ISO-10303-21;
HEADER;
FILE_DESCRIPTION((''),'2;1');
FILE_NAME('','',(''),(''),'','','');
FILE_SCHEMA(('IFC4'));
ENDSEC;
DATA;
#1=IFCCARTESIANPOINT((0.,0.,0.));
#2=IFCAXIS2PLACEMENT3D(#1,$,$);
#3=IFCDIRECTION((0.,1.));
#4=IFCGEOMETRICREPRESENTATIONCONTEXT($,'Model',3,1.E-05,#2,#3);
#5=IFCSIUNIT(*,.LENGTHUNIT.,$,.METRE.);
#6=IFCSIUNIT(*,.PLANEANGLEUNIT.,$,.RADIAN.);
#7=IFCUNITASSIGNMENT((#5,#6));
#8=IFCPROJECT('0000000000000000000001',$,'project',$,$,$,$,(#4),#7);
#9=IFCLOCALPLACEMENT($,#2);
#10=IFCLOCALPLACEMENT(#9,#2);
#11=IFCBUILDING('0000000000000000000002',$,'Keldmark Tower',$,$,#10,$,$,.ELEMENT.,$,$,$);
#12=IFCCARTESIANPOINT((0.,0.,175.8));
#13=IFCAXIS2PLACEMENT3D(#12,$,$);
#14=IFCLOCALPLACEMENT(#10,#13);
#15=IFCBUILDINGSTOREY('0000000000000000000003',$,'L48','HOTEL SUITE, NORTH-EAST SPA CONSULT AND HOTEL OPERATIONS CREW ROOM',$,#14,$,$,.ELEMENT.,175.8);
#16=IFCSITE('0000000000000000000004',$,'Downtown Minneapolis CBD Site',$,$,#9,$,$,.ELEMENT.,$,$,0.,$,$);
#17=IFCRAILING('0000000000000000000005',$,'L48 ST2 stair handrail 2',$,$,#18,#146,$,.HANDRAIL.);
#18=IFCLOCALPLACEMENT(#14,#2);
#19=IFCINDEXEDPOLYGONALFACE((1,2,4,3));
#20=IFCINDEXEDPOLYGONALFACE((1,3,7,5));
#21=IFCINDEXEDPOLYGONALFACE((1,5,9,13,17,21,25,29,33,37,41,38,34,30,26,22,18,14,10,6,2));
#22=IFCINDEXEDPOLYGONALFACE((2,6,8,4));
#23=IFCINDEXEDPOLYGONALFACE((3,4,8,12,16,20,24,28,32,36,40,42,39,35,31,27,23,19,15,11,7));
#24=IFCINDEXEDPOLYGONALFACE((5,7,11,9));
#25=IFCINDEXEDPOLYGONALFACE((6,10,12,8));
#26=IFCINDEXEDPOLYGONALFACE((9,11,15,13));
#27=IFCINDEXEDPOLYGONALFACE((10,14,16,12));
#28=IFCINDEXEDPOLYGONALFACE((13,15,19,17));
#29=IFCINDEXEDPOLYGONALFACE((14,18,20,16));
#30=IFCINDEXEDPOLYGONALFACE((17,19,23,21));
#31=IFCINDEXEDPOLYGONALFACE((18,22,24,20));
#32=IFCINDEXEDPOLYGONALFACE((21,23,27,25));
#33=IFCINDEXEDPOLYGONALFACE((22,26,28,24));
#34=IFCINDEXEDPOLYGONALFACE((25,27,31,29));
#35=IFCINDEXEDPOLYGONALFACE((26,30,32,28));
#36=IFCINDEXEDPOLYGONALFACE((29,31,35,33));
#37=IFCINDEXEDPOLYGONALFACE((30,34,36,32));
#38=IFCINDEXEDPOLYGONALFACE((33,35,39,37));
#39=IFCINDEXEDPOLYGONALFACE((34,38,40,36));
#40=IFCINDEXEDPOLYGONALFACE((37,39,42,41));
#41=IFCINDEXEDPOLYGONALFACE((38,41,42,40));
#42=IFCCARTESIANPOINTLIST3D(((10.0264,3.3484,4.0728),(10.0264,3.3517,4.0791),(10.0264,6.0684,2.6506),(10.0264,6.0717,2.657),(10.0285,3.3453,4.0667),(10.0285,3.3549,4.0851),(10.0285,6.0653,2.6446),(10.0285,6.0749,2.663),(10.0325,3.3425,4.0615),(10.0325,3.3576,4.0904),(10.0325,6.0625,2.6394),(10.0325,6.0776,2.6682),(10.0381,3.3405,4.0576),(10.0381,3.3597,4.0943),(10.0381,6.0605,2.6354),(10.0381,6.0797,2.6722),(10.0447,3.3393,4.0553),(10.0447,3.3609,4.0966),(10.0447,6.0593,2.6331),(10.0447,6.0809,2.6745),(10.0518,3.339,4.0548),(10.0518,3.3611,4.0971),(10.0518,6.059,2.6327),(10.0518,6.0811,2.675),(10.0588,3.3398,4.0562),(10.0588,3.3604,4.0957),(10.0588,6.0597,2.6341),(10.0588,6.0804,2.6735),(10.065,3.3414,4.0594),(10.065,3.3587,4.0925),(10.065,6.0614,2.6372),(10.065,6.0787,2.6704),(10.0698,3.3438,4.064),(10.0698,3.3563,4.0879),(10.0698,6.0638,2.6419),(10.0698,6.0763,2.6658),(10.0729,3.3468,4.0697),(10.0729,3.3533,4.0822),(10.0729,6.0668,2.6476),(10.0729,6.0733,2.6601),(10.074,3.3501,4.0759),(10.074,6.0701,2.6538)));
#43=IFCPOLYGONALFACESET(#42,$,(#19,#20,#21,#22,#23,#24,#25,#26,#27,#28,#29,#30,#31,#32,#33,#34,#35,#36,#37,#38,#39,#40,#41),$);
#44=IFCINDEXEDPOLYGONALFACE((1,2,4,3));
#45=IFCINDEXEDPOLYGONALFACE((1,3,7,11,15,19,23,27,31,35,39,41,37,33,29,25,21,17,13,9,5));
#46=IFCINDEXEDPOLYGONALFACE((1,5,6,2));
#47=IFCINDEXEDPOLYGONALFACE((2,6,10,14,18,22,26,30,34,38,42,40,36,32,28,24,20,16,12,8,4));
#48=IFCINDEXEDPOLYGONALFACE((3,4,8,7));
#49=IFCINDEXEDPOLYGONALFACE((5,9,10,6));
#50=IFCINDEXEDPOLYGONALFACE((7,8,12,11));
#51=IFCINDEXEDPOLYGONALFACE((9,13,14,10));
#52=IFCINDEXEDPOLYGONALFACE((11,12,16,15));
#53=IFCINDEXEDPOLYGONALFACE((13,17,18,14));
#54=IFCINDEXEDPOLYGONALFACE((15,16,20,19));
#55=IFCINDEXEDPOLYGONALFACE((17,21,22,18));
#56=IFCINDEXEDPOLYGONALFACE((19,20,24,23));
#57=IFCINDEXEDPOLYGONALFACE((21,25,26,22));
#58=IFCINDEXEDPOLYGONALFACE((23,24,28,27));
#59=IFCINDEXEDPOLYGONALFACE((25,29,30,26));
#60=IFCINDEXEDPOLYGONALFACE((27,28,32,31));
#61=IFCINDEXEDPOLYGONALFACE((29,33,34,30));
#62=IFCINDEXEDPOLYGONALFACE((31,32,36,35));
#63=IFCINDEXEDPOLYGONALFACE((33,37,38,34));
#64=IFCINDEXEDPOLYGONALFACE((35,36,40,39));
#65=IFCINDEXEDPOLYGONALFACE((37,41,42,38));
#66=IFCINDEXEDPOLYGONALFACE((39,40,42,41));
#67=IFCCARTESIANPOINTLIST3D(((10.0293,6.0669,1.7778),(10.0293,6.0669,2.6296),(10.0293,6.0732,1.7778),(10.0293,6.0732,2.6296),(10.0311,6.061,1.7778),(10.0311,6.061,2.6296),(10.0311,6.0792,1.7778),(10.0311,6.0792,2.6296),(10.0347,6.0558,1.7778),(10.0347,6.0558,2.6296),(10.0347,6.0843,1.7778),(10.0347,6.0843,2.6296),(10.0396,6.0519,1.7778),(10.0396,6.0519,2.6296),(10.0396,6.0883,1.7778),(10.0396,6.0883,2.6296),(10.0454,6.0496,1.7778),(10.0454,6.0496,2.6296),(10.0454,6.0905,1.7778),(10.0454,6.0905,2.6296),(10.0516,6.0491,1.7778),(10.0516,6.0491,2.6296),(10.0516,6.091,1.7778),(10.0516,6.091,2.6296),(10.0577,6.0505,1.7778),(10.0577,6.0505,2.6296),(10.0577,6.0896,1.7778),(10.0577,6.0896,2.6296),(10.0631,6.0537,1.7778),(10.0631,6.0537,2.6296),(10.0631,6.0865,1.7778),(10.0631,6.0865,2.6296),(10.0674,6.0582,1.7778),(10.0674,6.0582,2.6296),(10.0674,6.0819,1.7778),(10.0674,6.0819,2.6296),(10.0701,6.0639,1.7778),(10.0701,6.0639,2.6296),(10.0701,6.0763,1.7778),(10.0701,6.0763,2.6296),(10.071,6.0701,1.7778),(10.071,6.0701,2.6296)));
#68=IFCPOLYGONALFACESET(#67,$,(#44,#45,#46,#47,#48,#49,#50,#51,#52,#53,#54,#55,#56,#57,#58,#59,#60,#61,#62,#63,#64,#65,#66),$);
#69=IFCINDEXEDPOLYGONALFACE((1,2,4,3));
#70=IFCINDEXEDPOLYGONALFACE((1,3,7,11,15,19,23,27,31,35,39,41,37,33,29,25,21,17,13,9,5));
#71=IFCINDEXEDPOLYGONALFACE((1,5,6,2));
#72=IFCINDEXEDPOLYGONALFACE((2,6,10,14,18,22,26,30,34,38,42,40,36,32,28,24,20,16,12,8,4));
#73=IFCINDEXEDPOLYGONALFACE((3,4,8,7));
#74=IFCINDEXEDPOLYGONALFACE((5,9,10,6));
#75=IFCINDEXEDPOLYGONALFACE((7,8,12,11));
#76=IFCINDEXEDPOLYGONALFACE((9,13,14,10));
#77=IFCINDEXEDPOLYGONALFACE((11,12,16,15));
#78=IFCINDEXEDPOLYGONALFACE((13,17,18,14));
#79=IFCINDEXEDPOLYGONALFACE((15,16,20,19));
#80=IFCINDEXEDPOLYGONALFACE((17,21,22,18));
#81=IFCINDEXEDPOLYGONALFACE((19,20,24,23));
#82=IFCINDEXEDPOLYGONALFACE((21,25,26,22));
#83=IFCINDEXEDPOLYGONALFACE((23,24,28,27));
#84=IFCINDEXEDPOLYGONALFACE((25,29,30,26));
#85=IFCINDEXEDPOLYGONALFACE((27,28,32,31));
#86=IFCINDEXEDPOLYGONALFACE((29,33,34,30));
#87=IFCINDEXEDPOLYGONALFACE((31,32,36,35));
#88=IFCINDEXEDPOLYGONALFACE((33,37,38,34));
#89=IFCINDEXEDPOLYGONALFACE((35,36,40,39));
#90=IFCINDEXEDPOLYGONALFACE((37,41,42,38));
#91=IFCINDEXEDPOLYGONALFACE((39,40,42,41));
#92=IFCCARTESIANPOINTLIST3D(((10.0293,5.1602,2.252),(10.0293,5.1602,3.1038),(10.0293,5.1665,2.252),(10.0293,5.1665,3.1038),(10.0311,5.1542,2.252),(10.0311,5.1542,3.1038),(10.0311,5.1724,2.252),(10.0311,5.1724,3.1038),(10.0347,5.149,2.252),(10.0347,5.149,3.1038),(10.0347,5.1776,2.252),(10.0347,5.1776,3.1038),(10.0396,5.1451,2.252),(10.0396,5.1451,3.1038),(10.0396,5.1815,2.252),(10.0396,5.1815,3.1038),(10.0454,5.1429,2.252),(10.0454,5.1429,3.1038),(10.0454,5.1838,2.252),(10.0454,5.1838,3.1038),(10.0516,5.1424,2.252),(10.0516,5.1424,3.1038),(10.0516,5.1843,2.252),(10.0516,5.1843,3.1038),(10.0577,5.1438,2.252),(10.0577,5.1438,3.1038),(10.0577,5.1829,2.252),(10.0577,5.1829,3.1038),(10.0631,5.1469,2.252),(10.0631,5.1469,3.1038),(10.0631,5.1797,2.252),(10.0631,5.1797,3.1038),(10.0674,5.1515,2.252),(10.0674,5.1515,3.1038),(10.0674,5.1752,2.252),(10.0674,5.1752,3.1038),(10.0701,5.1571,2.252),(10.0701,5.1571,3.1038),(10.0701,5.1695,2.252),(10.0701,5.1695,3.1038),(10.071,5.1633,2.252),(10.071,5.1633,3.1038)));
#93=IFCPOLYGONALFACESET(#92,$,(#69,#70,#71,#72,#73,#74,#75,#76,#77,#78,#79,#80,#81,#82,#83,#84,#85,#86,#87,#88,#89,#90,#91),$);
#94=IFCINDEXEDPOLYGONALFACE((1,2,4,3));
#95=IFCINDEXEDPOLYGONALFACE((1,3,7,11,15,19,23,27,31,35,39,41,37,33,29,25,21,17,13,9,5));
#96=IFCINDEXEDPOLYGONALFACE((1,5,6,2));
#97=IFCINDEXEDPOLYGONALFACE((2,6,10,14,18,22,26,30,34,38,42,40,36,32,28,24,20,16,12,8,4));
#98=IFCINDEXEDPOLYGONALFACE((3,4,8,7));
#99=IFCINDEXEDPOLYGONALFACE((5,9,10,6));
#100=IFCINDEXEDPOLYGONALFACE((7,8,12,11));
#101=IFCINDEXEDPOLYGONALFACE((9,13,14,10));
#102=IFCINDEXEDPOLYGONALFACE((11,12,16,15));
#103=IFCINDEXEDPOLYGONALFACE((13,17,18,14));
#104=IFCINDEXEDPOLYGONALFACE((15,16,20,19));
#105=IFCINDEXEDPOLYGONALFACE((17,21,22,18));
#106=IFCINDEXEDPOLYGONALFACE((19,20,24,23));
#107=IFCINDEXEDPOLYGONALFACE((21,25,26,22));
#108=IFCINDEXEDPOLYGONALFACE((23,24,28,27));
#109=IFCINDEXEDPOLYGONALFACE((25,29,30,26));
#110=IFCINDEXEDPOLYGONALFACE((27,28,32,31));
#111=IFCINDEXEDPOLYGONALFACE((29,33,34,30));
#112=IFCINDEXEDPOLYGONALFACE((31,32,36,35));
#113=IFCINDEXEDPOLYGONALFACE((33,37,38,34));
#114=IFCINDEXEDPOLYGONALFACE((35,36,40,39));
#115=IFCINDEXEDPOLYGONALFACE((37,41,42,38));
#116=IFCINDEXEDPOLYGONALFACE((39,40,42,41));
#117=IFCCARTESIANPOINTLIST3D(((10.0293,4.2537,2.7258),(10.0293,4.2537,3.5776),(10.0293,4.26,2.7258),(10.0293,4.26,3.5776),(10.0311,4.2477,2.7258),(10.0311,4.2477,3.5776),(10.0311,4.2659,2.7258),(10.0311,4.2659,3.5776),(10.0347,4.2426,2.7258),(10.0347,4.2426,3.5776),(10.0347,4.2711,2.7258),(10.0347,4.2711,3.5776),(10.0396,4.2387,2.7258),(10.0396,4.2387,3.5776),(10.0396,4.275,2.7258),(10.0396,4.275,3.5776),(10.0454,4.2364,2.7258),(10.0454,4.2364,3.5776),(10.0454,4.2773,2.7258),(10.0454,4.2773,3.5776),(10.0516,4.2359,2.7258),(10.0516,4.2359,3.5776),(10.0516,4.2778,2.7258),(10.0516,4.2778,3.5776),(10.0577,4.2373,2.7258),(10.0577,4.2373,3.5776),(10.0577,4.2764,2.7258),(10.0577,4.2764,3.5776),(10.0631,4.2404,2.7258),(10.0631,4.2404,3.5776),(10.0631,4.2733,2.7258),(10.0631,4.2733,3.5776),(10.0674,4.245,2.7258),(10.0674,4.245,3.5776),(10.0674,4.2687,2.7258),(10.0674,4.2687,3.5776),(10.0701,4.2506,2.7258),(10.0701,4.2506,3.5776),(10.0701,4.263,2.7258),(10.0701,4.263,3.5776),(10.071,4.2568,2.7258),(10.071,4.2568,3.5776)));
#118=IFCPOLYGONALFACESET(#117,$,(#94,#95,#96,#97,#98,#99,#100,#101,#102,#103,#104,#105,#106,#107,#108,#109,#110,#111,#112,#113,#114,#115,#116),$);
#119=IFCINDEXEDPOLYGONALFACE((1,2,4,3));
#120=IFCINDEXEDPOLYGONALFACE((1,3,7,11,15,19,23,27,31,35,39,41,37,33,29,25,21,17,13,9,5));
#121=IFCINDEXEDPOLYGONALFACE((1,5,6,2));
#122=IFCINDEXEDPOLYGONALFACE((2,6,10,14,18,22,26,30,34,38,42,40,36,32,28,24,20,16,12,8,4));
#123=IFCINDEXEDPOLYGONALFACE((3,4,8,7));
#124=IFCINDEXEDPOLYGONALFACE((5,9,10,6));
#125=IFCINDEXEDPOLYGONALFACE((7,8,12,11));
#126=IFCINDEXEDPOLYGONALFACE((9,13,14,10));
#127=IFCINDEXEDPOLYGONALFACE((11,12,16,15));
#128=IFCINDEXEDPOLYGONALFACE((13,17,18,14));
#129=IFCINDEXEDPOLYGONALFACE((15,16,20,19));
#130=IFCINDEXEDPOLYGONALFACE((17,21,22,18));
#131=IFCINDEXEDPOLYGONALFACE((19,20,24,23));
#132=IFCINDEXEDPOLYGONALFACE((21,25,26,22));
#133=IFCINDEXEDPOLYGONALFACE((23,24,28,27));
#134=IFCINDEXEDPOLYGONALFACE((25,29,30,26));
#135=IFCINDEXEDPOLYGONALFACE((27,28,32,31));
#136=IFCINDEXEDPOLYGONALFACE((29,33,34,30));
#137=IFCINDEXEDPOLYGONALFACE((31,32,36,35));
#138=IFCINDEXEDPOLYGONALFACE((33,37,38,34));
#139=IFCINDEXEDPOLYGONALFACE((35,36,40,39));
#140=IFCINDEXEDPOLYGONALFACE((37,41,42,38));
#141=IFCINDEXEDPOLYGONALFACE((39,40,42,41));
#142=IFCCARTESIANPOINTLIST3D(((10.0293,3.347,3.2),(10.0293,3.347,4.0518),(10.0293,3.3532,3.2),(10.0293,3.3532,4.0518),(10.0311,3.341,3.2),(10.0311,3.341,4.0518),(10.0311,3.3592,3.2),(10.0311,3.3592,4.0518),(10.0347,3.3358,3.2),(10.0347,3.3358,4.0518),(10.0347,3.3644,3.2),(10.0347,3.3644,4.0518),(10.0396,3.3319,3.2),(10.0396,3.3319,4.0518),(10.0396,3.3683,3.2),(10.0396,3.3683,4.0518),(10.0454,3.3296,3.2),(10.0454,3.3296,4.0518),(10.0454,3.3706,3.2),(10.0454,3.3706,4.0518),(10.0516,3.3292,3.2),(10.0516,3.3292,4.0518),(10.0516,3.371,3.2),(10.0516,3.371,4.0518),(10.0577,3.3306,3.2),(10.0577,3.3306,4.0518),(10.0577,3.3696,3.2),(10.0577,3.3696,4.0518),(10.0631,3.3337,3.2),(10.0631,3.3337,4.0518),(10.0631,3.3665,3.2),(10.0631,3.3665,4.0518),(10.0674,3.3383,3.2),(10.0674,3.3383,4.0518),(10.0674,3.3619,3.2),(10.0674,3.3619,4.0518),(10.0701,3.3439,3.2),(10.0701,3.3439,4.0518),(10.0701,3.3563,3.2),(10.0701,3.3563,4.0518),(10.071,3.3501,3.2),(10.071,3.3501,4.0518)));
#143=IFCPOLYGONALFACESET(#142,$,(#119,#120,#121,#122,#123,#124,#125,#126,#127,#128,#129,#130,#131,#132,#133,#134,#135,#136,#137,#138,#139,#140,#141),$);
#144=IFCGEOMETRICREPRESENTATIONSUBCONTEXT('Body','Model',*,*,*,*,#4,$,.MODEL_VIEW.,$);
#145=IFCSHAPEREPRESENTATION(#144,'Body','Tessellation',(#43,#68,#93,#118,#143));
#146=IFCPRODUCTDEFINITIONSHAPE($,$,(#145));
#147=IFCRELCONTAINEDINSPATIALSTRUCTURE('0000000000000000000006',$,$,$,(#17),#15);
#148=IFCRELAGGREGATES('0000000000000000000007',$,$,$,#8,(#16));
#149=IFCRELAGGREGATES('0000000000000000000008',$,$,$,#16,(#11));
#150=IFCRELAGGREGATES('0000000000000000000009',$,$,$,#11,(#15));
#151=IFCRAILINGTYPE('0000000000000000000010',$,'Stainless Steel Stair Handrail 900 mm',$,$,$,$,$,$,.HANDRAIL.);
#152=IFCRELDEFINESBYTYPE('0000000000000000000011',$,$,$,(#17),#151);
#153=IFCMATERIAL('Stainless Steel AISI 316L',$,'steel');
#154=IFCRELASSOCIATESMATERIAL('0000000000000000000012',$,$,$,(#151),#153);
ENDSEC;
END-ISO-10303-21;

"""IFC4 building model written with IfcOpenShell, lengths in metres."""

from ifc_helpers import new_model, si_unit, direction, frame, origin, origin_2d, place, context, subcontext, project, spatial, circle, extrude, material, type_object, element, save


model = new_model("IFC4")

# Units and contexts
model_context = context("Model", 3, precision=1e-05, world=origin(), true_north=direction((0.0, 1.0)))
body_context = subcontext(model_context, "Body", "Model", "MODEL_VIEW")
ifc_project = project(units=[si_unit("LENGTHUNIT", "METRE"), si_unit("PLANEANGLEUNIT", "RADIAN")], contexts=[model_context])

# Site, building, storey
site_placement = place(None, origin())
site = spatial("IfcSite", under=ifc_project, at=site_placement, Name="Downtown Minneapolis CBD Site", CompositionType="ELEMENT", RefElevation=0.0)
building_placement = place(site_placement, origin())
building = spatial("IfcBuilding", under=site, at=building_placement, Name="Keldmark Tower", CompositionType="ELEMENT")
storey_placement = place(building_placement, frame((0.0, 0.0, 175.8)))
storey = spatial("IfcBuildingStorey", under=building, at=storey_placement, Name="L48", Description="HOTEL SUITE, NORTH-EAST SPA CONSULT AND HOTEL OPERATIONS CREW ROOM", CompositionType="ELEMENT", Elevation=175.8)

# Railing
ifc_material_1 = material(Name="Stainless Steel AISI 316L", Category="steel")
railing_type_1 = type_object("IfcRailingType", Name="Stainless Steel Stair Handrail 900 mm", PredefinedType="HANDRAIL", material=ifc_material_1)
railing_1_placement = place(storey_placement, frame((10.05, 6.0701, 1.7778)))
element("IfcRailing", 1, at=railing_1_placement, inside=storey, type_object=railing_type_1, Name="L48 ST2 stair handrail 2", PredefinedType="HANDRAIL", context=body_context, shape_type="SweptSolid", body=[
    extrude(circle(Radius=0.0239, at=origin_2d()), frame((0.0, 0.0, 0.876), z_axis=(0.0, -0.886183, 0.463335), x_axis=(1.0, 0.0, 0.0)), (0.0, 0.0, 1.0), 3.0693),
    extrude(circle(Radius=0.021, at=origin_2d()), origin(), (0.0, 0.0, 1.0), 0.8518),
    extrude(circle(Radius=0.021, at=origin_2d()), frame((0.0, -0.9067, 0.4741)), (0.0, 0.0, 1.0), 0.8518),
    extrude(circle(Radius=0.021, at=origin_2d()), frame((0.0, -1.8132, 0.948)), (0.0, 0.0, 1.0), 0.8518),
    extrude(circle(Radius=0.021, at=origin_2d()), frame((0.0, -2.72, 1.4221)), (0.0, 0.0, 1.0), 0.8518),
])

save(model, "model.ifc")
